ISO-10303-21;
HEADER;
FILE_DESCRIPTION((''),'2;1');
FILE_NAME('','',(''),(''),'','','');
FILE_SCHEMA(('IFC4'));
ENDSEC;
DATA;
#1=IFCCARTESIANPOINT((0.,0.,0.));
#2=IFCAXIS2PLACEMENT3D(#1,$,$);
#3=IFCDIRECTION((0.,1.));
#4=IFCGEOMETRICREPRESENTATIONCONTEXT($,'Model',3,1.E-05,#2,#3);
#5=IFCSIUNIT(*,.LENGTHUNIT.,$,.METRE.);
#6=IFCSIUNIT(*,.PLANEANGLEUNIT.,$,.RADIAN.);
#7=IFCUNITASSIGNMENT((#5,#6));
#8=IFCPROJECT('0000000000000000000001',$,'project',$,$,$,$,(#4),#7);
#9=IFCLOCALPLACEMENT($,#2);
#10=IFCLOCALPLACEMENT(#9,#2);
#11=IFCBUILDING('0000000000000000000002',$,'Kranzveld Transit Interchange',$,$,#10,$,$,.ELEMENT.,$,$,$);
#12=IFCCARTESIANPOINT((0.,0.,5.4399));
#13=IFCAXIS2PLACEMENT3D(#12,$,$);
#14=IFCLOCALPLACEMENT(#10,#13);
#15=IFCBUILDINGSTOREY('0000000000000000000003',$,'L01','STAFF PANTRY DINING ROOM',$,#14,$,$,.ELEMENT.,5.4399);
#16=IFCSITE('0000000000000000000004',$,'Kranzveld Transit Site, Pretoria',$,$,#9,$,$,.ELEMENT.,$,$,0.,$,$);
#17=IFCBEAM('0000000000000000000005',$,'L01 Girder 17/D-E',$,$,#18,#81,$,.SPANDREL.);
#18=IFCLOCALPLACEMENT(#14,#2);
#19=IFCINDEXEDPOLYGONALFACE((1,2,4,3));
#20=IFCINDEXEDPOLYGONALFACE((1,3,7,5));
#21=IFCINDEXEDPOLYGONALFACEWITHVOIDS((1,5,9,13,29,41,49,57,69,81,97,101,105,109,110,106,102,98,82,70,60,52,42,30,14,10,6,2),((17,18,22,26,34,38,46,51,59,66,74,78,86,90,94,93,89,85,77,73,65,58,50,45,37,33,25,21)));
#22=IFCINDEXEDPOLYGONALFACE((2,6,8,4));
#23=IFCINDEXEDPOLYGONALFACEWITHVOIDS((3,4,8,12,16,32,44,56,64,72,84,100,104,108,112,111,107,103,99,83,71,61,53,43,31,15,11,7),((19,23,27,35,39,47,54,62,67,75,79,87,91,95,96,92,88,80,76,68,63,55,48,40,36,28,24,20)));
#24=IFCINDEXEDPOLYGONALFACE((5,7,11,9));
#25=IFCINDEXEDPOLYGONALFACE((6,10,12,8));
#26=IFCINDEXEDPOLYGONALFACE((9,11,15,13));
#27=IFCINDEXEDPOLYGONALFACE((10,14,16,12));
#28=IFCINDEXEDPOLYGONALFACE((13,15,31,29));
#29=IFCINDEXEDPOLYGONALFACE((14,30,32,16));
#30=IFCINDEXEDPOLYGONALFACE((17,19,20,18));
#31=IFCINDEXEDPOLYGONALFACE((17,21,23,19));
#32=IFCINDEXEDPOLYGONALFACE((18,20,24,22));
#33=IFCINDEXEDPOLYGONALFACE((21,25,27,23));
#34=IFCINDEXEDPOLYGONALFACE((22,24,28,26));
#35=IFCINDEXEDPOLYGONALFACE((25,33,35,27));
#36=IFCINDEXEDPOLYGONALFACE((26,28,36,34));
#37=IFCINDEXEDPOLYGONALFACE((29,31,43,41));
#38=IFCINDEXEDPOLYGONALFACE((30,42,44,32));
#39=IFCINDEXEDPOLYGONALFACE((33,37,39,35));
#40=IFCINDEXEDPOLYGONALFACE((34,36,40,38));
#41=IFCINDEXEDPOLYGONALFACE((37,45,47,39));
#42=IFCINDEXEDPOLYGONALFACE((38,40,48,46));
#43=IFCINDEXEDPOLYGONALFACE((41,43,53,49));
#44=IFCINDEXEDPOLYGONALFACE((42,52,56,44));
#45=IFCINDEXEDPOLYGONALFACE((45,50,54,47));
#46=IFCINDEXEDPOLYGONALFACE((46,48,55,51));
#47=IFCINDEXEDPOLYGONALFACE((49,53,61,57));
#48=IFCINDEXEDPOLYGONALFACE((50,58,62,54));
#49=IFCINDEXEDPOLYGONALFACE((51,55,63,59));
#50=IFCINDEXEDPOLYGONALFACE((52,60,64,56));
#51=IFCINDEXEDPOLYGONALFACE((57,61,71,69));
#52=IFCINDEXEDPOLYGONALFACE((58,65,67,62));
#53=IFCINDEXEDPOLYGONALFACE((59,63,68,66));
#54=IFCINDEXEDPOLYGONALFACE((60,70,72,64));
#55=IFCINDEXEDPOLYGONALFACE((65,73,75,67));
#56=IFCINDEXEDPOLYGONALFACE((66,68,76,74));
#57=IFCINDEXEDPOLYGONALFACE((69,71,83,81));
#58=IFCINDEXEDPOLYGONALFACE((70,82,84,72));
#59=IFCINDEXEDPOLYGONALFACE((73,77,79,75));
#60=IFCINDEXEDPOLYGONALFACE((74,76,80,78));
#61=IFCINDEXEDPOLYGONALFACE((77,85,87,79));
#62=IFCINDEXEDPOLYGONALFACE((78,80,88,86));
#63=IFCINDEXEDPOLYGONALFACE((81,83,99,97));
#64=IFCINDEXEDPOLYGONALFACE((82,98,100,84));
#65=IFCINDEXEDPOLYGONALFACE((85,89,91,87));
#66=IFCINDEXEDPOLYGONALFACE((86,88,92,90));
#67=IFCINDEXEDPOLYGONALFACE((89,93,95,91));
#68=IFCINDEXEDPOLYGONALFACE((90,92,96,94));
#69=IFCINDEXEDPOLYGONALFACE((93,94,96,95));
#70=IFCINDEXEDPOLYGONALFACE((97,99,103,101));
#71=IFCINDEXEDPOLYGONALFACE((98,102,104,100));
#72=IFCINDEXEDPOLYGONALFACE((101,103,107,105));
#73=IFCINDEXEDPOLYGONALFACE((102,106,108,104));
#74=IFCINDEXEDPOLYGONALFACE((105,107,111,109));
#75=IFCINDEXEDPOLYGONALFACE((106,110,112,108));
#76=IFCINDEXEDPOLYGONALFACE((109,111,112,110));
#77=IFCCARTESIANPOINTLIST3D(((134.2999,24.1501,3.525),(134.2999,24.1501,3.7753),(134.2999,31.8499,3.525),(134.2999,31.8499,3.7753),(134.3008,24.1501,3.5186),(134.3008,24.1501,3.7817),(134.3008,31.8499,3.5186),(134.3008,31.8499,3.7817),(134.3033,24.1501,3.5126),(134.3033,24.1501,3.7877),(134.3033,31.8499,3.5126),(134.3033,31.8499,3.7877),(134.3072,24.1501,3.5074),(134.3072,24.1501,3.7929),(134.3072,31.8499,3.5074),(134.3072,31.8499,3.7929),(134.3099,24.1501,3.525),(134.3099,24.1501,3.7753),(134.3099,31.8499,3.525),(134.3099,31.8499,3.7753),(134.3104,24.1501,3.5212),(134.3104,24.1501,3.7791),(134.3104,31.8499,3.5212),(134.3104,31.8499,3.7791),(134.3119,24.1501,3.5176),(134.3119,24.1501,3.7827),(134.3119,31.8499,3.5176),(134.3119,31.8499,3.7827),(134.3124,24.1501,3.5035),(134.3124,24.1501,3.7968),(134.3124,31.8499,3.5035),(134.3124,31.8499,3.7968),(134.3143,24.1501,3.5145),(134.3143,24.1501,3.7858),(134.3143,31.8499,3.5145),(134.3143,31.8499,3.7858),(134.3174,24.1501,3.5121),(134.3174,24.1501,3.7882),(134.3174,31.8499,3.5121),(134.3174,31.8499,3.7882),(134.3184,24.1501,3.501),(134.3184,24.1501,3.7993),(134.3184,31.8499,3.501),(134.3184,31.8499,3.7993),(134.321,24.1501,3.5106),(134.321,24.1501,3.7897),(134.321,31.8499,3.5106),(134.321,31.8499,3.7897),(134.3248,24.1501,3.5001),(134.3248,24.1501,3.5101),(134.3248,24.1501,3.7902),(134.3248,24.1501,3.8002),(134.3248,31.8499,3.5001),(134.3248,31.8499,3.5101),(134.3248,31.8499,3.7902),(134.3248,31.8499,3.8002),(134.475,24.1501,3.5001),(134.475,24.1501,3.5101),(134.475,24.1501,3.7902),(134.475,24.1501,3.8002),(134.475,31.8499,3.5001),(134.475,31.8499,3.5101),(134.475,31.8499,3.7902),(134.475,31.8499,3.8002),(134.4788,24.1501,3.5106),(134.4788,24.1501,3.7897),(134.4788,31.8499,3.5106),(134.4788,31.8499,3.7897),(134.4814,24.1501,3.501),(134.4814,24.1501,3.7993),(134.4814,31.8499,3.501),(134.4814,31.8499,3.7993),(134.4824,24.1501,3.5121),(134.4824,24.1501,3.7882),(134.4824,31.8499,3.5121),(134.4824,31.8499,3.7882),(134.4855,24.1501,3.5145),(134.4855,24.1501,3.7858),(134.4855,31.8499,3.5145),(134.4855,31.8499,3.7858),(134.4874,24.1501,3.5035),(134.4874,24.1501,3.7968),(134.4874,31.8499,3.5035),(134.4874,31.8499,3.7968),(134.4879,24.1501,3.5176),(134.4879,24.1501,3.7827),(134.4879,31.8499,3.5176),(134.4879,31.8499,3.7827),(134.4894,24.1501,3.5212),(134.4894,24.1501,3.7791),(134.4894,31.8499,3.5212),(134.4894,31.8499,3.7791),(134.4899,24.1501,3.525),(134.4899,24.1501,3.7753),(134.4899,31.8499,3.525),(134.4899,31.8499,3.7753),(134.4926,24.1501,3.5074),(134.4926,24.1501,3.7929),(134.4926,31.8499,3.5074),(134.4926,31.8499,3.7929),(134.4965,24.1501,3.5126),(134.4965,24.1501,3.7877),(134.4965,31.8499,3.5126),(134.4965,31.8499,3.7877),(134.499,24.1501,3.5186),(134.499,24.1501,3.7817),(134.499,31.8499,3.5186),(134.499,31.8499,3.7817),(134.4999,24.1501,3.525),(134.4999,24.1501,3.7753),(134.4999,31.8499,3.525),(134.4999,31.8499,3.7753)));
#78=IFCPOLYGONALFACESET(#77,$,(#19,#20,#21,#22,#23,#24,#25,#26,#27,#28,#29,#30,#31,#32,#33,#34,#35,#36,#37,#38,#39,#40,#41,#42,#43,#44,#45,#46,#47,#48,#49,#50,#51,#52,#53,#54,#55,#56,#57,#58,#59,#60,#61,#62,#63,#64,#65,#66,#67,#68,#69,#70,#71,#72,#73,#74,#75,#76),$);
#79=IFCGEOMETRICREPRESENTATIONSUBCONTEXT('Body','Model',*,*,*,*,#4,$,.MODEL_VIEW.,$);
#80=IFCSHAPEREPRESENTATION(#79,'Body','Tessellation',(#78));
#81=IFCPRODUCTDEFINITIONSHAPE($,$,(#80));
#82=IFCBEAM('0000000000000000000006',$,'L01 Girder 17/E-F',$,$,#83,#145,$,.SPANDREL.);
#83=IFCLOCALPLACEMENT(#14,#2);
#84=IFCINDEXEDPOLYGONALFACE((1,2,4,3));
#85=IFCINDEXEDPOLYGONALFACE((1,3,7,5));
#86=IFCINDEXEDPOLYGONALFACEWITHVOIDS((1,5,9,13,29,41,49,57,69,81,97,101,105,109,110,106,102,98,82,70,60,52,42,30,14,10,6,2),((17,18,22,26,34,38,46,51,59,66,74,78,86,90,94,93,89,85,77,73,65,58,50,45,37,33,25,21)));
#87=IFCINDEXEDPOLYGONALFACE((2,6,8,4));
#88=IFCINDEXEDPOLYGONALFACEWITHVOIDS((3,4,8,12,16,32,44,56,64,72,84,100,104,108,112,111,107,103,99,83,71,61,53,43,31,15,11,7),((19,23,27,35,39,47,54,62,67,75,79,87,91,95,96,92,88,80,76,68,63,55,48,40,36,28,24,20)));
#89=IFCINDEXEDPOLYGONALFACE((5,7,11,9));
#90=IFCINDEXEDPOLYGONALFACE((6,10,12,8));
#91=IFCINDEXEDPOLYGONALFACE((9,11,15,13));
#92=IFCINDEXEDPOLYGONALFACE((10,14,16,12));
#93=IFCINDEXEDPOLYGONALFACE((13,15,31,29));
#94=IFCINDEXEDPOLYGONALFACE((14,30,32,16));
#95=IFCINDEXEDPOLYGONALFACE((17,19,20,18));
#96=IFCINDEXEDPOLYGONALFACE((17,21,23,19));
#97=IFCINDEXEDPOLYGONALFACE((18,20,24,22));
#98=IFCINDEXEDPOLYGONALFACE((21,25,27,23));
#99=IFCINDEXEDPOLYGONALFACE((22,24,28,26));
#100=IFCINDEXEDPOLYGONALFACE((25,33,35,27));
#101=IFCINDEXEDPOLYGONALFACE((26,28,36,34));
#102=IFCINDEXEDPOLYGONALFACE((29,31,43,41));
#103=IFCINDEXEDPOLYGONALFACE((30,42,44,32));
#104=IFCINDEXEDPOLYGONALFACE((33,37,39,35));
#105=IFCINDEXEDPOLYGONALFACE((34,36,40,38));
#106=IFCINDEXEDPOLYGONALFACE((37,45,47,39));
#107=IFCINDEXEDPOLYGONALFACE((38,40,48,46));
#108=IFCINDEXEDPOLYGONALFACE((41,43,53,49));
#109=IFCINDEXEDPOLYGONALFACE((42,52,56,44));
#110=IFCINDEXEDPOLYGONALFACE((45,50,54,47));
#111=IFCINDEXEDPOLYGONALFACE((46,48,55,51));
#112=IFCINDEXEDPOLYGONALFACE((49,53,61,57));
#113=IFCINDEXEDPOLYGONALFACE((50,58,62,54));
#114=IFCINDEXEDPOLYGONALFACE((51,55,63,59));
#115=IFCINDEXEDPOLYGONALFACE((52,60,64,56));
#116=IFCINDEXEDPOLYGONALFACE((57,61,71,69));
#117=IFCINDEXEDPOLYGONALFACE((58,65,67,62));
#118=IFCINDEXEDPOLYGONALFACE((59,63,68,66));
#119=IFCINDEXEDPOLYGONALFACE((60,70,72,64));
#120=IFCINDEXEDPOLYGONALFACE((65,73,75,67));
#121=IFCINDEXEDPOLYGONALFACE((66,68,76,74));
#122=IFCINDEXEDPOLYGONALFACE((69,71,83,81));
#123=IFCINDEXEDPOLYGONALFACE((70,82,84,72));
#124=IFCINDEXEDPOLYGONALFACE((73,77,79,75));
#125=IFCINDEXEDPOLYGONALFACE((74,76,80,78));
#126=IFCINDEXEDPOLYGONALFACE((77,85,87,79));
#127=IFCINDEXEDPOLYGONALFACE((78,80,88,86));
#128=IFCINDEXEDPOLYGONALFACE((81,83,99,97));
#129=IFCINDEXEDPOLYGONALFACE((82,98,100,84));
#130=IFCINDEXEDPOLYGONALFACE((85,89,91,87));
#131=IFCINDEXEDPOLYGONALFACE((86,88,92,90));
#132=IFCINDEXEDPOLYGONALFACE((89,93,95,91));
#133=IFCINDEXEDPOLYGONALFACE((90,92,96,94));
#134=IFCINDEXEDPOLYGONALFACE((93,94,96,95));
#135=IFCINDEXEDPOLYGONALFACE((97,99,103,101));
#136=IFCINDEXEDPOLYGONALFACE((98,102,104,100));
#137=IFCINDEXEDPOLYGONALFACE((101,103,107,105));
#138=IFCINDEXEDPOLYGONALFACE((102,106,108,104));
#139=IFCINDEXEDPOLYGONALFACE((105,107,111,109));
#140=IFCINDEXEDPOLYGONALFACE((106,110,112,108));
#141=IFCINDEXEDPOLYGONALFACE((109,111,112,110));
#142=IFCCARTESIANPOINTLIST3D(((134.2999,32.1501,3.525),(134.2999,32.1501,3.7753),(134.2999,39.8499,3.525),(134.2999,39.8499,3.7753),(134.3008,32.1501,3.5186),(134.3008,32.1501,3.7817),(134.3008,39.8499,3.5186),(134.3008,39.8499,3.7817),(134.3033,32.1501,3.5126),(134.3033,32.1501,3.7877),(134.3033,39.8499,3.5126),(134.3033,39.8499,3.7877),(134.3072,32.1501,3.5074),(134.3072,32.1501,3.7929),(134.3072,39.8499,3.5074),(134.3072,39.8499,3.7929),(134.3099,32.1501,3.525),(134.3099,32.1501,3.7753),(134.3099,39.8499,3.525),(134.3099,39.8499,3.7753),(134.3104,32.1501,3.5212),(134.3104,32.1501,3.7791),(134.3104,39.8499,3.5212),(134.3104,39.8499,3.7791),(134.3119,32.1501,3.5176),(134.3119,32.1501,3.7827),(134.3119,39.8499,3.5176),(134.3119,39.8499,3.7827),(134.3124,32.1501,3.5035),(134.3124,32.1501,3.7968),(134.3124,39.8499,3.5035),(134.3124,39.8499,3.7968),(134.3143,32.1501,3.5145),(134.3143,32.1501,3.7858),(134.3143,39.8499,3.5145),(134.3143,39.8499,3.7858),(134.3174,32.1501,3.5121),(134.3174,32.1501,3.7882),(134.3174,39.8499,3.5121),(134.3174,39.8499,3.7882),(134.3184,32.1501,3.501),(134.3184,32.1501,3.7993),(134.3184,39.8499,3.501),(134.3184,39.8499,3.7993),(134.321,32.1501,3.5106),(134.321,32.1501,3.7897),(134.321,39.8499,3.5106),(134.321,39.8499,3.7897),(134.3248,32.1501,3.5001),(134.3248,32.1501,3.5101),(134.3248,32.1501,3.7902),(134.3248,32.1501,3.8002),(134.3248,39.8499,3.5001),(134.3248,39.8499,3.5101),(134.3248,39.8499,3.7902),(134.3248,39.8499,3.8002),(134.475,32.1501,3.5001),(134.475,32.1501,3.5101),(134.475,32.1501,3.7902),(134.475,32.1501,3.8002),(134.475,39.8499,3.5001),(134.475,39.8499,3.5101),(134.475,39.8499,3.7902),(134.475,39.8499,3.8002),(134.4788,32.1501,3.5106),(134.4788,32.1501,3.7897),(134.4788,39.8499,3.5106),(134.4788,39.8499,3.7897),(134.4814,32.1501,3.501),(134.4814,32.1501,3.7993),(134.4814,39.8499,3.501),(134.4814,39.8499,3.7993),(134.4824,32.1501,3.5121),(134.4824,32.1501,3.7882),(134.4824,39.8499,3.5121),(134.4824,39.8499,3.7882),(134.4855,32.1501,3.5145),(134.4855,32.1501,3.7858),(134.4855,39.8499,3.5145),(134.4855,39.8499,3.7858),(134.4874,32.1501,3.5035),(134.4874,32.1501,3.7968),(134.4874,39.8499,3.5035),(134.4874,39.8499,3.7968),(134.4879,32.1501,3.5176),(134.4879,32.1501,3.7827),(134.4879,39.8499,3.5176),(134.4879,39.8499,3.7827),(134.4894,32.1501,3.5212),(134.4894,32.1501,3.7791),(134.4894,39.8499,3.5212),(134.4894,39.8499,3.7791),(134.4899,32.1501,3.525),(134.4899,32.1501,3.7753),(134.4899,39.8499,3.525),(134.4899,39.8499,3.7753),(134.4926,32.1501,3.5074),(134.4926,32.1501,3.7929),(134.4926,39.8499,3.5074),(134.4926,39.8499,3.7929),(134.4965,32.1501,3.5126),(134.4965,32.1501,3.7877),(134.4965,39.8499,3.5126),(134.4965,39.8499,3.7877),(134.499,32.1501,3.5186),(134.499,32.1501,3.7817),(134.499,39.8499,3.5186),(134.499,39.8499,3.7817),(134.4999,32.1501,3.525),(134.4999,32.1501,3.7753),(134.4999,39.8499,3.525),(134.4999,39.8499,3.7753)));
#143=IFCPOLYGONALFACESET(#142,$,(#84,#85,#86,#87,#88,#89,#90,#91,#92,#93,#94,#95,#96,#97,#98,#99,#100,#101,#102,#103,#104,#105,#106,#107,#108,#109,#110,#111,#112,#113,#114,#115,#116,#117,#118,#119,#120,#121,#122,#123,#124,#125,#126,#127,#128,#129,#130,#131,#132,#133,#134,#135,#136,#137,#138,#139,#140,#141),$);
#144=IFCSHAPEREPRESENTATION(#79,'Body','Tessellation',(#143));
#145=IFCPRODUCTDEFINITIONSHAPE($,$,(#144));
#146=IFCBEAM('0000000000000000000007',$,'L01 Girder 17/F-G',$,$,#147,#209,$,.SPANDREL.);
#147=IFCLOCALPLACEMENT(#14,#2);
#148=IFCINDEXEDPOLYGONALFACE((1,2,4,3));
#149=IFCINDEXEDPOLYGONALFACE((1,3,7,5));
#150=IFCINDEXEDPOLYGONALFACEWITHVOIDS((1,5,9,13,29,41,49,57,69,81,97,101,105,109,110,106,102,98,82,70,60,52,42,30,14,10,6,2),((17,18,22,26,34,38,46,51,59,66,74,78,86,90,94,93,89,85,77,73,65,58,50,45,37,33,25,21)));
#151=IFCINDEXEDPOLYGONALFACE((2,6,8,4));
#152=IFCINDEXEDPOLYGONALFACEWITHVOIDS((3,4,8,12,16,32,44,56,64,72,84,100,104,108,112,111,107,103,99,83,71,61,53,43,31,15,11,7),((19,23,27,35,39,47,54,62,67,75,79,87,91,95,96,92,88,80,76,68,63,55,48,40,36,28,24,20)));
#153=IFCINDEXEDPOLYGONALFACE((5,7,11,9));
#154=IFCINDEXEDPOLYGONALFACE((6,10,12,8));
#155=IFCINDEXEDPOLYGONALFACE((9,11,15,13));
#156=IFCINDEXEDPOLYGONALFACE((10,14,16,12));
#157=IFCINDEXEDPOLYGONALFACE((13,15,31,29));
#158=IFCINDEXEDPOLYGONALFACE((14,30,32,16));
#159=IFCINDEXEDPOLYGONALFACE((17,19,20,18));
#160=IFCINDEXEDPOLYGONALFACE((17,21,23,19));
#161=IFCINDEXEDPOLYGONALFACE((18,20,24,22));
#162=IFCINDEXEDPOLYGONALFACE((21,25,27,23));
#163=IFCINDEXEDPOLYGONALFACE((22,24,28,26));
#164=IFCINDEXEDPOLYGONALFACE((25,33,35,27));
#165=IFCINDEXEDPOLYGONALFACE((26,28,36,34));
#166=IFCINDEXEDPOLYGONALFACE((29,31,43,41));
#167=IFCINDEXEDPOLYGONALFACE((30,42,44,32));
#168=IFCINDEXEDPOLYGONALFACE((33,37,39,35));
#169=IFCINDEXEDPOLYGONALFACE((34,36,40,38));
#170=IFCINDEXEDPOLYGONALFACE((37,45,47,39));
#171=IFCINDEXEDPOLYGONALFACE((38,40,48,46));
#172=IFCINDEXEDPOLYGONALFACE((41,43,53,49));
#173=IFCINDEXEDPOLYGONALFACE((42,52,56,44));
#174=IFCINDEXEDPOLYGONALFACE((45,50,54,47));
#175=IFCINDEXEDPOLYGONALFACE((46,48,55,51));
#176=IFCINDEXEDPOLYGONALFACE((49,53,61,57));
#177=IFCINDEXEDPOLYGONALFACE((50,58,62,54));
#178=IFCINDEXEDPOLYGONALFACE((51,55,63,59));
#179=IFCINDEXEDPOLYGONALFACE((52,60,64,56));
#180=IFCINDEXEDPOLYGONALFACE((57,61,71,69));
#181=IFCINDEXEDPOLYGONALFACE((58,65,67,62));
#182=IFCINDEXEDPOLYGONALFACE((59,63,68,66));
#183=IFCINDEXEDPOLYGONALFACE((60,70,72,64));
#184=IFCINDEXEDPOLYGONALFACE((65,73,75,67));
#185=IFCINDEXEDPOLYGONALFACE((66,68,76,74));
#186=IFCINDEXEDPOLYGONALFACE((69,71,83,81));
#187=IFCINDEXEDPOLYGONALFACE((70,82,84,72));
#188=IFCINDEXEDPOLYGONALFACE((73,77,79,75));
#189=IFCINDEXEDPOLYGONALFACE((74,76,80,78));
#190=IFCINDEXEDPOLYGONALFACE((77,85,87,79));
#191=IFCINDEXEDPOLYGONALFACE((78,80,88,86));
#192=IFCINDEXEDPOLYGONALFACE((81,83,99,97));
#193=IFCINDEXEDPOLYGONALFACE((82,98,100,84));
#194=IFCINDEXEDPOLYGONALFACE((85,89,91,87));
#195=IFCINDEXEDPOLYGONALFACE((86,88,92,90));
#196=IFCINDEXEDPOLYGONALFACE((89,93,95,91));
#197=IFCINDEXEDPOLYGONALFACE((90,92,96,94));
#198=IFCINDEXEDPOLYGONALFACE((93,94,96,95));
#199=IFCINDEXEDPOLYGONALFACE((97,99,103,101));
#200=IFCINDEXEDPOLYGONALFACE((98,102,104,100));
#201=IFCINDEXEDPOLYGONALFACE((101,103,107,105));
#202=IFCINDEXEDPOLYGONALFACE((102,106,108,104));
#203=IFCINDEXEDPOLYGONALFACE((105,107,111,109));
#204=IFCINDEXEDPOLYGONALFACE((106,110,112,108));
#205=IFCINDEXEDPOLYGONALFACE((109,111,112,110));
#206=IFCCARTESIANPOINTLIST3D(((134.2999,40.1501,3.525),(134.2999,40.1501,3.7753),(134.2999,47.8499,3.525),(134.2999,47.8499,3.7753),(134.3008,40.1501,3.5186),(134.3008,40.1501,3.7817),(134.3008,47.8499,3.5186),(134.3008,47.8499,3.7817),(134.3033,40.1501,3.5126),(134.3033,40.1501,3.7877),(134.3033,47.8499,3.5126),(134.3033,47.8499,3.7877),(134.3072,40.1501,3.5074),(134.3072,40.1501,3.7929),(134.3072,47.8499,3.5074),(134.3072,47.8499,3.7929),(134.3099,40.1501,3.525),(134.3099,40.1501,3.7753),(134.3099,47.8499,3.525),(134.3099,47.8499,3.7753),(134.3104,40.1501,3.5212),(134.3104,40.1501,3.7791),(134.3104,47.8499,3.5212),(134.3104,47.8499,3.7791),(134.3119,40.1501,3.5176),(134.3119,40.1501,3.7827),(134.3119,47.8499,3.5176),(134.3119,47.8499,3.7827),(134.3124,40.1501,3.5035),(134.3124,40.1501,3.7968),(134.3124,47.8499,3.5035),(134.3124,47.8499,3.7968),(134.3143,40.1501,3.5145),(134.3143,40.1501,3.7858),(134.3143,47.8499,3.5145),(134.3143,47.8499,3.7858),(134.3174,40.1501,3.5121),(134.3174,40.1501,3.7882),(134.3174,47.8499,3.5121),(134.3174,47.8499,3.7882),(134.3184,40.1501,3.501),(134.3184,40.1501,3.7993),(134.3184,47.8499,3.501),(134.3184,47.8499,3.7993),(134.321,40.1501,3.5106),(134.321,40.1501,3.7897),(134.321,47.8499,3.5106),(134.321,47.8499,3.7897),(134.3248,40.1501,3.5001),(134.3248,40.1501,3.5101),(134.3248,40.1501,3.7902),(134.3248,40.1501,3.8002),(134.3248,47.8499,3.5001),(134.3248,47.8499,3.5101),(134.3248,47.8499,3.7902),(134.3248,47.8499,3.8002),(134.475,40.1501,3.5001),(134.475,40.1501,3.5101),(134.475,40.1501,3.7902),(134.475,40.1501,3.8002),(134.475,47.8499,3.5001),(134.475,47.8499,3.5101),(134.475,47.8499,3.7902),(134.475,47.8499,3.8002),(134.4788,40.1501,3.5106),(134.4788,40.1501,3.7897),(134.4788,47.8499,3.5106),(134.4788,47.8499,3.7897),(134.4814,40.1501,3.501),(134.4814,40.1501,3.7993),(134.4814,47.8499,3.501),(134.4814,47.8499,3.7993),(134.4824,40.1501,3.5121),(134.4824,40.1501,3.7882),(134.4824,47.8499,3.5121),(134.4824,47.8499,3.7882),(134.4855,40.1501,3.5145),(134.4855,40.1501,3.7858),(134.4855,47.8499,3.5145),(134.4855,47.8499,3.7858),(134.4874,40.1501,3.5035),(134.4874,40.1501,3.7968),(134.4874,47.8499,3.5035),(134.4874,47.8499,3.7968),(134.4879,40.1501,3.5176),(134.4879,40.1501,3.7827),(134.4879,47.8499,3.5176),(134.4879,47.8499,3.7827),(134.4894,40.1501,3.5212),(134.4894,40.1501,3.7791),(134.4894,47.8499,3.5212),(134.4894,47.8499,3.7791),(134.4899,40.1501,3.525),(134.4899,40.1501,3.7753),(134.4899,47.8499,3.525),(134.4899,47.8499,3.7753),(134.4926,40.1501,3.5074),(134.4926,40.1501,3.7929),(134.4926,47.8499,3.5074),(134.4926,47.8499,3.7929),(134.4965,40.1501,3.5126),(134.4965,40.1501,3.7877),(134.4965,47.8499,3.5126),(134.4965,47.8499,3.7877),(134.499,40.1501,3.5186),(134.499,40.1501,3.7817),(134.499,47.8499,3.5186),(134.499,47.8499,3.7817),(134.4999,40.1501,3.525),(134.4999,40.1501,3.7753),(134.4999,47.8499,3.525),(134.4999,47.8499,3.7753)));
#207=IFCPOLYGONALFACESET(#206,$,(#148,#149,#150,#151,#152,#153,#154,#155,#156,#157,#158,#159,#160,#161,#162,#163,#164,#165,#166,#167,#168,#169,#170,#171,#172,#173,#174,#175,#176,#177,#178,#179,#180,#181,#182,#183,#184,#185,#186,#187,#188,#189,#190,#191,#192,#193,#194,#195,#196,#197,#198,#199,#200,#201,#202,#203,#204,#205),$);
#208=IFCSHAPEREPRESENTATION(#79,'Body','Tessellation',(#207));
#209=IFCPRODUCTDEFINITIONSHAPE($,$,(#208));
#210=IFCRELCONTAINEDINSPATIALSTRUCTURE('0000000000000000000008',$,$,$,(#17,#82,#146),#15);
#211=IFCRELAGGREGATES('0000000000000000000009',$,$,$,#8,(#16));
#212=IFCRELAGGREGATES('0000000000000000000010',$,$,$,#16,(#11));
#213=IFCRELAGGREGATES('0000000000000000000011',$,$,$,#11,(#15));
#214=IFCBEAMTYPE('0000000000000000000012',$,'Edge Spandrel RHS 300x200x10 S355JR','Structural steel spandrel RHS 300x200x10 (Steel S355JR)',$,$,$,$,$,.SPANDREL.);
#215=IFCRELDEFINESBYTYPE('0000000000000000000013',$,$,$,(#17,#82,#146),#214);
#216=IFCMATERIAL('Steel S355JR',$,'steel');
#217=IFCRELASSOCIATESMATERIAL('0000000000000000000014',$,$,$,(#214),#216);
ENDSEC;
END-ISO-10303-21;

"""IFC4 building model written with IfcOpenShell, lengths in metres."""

from ifc_helpers import new_model, si_unit, direction, frame, origin, origin_2d, place, context, subcontext, project, spatial, hollow_rectangle, extrude, material, material_profile, profile_set, type_object, element, save


model = new_model("IFC4")

# Units and contexts
model_context = context("Model", 3, precision=1e-05, world=origin(), true_north=direction((0.0, 1.0)))
body_context = subcontext(model_context, "Body", "Model", "MODEL_VIEW")
ifc_project = project(units=[si_unit("LENGTHUNIT", "METRE"), si_unit("PLANEANGLEUNIT", "RADIAN")], contexts=[model_context])

# Site, building, storey
site_placement = place(None, origin())
site = spatial("IfcSite", under=ifc_project, at=site_placement, Name="Kranzveld Transit Site, Pretoria", CompositionType="ELEMENT", RefElevation=0.0)
building_placement = place(site_placement, origin())
building = spatial("IfcBuilding", under=site, at=building_placement, Name="Kranzveld Transit Interchange", CompositionType="ELEMENT")
storey_placement = place(building_placement, frame((0.0, 0.0, 5.4399)))
storey = spatial("IfcBuildingStorey", under=building, at=storey_placement, Name="L01", Description="STAFF PANTRY DINING ROOM", CompositionType="ELEMENT", Elevation=5.4399)

# Beams
ifc_material_1 = material(Name="Steel S355JR", Category="steel")
ifc_material_profile_1 = material_profile(ifc_material_1, hollow_rectangle(XDim=0.2, YDim=0.3, WallThickness=0.01, InnerFilletRadius=0.0149, OuterFilletRadius=0.0249, at=origin_2d()), Name="RHS 300x200x10")
ifc_profile_set_1 = profile_set([ifc_material_profile_1], Name="Steel S355JR")
beam_type_1 = type_object("IfcBeamType", Name="Edge Spandrel RHS 300x200x10 S355JR", Description="Structural steel spandrel RHS 300x200x10 (Steel S355JR)", PredefinedType="SPANDREL", material=ifc_profile_set_1)
for number, where, z_axis, x_axis, name in (
    (1, (134.3999, 24.1501, 3.6501), (0.0, 1.0, 0.0), (-1.0, 0.0, 0.0), "L01 Girder 17/D-E"),
    (2, (134.3999, 32.1501, 3.6501), (0.0, 1.0, 0.0), (-1.0, 0.0, 0.0), "L01 Girder 17/E-F"),
    (3, (134.3999, 40.1501, 3.6501), (0.0, 1.0, 0.0), (-1.0, 0.0, 0.0), "L01 Girder 17/F-G"),
):
    element("IfcBeam", number, at=place(storey_placement, frame(where, z_axis=z_axis, x_axis=x_axis)), inside=storey, type_object=beam_type_1, Name=name, PredefinedType="SPANDREL", context=body_context, shape_type="SweptSolid", body=[
        extrude(hollow_rectangle(XDim=0.2, YDim=0.3, WallThickness=0.01, InnerFilletRadius=0.0149, OuterFilletRadius=0.0249, at=origin_2d()), origin(), (0.0, 0.0, 1.0), 7.6997),
    ])

save(model, "model.ifc")
